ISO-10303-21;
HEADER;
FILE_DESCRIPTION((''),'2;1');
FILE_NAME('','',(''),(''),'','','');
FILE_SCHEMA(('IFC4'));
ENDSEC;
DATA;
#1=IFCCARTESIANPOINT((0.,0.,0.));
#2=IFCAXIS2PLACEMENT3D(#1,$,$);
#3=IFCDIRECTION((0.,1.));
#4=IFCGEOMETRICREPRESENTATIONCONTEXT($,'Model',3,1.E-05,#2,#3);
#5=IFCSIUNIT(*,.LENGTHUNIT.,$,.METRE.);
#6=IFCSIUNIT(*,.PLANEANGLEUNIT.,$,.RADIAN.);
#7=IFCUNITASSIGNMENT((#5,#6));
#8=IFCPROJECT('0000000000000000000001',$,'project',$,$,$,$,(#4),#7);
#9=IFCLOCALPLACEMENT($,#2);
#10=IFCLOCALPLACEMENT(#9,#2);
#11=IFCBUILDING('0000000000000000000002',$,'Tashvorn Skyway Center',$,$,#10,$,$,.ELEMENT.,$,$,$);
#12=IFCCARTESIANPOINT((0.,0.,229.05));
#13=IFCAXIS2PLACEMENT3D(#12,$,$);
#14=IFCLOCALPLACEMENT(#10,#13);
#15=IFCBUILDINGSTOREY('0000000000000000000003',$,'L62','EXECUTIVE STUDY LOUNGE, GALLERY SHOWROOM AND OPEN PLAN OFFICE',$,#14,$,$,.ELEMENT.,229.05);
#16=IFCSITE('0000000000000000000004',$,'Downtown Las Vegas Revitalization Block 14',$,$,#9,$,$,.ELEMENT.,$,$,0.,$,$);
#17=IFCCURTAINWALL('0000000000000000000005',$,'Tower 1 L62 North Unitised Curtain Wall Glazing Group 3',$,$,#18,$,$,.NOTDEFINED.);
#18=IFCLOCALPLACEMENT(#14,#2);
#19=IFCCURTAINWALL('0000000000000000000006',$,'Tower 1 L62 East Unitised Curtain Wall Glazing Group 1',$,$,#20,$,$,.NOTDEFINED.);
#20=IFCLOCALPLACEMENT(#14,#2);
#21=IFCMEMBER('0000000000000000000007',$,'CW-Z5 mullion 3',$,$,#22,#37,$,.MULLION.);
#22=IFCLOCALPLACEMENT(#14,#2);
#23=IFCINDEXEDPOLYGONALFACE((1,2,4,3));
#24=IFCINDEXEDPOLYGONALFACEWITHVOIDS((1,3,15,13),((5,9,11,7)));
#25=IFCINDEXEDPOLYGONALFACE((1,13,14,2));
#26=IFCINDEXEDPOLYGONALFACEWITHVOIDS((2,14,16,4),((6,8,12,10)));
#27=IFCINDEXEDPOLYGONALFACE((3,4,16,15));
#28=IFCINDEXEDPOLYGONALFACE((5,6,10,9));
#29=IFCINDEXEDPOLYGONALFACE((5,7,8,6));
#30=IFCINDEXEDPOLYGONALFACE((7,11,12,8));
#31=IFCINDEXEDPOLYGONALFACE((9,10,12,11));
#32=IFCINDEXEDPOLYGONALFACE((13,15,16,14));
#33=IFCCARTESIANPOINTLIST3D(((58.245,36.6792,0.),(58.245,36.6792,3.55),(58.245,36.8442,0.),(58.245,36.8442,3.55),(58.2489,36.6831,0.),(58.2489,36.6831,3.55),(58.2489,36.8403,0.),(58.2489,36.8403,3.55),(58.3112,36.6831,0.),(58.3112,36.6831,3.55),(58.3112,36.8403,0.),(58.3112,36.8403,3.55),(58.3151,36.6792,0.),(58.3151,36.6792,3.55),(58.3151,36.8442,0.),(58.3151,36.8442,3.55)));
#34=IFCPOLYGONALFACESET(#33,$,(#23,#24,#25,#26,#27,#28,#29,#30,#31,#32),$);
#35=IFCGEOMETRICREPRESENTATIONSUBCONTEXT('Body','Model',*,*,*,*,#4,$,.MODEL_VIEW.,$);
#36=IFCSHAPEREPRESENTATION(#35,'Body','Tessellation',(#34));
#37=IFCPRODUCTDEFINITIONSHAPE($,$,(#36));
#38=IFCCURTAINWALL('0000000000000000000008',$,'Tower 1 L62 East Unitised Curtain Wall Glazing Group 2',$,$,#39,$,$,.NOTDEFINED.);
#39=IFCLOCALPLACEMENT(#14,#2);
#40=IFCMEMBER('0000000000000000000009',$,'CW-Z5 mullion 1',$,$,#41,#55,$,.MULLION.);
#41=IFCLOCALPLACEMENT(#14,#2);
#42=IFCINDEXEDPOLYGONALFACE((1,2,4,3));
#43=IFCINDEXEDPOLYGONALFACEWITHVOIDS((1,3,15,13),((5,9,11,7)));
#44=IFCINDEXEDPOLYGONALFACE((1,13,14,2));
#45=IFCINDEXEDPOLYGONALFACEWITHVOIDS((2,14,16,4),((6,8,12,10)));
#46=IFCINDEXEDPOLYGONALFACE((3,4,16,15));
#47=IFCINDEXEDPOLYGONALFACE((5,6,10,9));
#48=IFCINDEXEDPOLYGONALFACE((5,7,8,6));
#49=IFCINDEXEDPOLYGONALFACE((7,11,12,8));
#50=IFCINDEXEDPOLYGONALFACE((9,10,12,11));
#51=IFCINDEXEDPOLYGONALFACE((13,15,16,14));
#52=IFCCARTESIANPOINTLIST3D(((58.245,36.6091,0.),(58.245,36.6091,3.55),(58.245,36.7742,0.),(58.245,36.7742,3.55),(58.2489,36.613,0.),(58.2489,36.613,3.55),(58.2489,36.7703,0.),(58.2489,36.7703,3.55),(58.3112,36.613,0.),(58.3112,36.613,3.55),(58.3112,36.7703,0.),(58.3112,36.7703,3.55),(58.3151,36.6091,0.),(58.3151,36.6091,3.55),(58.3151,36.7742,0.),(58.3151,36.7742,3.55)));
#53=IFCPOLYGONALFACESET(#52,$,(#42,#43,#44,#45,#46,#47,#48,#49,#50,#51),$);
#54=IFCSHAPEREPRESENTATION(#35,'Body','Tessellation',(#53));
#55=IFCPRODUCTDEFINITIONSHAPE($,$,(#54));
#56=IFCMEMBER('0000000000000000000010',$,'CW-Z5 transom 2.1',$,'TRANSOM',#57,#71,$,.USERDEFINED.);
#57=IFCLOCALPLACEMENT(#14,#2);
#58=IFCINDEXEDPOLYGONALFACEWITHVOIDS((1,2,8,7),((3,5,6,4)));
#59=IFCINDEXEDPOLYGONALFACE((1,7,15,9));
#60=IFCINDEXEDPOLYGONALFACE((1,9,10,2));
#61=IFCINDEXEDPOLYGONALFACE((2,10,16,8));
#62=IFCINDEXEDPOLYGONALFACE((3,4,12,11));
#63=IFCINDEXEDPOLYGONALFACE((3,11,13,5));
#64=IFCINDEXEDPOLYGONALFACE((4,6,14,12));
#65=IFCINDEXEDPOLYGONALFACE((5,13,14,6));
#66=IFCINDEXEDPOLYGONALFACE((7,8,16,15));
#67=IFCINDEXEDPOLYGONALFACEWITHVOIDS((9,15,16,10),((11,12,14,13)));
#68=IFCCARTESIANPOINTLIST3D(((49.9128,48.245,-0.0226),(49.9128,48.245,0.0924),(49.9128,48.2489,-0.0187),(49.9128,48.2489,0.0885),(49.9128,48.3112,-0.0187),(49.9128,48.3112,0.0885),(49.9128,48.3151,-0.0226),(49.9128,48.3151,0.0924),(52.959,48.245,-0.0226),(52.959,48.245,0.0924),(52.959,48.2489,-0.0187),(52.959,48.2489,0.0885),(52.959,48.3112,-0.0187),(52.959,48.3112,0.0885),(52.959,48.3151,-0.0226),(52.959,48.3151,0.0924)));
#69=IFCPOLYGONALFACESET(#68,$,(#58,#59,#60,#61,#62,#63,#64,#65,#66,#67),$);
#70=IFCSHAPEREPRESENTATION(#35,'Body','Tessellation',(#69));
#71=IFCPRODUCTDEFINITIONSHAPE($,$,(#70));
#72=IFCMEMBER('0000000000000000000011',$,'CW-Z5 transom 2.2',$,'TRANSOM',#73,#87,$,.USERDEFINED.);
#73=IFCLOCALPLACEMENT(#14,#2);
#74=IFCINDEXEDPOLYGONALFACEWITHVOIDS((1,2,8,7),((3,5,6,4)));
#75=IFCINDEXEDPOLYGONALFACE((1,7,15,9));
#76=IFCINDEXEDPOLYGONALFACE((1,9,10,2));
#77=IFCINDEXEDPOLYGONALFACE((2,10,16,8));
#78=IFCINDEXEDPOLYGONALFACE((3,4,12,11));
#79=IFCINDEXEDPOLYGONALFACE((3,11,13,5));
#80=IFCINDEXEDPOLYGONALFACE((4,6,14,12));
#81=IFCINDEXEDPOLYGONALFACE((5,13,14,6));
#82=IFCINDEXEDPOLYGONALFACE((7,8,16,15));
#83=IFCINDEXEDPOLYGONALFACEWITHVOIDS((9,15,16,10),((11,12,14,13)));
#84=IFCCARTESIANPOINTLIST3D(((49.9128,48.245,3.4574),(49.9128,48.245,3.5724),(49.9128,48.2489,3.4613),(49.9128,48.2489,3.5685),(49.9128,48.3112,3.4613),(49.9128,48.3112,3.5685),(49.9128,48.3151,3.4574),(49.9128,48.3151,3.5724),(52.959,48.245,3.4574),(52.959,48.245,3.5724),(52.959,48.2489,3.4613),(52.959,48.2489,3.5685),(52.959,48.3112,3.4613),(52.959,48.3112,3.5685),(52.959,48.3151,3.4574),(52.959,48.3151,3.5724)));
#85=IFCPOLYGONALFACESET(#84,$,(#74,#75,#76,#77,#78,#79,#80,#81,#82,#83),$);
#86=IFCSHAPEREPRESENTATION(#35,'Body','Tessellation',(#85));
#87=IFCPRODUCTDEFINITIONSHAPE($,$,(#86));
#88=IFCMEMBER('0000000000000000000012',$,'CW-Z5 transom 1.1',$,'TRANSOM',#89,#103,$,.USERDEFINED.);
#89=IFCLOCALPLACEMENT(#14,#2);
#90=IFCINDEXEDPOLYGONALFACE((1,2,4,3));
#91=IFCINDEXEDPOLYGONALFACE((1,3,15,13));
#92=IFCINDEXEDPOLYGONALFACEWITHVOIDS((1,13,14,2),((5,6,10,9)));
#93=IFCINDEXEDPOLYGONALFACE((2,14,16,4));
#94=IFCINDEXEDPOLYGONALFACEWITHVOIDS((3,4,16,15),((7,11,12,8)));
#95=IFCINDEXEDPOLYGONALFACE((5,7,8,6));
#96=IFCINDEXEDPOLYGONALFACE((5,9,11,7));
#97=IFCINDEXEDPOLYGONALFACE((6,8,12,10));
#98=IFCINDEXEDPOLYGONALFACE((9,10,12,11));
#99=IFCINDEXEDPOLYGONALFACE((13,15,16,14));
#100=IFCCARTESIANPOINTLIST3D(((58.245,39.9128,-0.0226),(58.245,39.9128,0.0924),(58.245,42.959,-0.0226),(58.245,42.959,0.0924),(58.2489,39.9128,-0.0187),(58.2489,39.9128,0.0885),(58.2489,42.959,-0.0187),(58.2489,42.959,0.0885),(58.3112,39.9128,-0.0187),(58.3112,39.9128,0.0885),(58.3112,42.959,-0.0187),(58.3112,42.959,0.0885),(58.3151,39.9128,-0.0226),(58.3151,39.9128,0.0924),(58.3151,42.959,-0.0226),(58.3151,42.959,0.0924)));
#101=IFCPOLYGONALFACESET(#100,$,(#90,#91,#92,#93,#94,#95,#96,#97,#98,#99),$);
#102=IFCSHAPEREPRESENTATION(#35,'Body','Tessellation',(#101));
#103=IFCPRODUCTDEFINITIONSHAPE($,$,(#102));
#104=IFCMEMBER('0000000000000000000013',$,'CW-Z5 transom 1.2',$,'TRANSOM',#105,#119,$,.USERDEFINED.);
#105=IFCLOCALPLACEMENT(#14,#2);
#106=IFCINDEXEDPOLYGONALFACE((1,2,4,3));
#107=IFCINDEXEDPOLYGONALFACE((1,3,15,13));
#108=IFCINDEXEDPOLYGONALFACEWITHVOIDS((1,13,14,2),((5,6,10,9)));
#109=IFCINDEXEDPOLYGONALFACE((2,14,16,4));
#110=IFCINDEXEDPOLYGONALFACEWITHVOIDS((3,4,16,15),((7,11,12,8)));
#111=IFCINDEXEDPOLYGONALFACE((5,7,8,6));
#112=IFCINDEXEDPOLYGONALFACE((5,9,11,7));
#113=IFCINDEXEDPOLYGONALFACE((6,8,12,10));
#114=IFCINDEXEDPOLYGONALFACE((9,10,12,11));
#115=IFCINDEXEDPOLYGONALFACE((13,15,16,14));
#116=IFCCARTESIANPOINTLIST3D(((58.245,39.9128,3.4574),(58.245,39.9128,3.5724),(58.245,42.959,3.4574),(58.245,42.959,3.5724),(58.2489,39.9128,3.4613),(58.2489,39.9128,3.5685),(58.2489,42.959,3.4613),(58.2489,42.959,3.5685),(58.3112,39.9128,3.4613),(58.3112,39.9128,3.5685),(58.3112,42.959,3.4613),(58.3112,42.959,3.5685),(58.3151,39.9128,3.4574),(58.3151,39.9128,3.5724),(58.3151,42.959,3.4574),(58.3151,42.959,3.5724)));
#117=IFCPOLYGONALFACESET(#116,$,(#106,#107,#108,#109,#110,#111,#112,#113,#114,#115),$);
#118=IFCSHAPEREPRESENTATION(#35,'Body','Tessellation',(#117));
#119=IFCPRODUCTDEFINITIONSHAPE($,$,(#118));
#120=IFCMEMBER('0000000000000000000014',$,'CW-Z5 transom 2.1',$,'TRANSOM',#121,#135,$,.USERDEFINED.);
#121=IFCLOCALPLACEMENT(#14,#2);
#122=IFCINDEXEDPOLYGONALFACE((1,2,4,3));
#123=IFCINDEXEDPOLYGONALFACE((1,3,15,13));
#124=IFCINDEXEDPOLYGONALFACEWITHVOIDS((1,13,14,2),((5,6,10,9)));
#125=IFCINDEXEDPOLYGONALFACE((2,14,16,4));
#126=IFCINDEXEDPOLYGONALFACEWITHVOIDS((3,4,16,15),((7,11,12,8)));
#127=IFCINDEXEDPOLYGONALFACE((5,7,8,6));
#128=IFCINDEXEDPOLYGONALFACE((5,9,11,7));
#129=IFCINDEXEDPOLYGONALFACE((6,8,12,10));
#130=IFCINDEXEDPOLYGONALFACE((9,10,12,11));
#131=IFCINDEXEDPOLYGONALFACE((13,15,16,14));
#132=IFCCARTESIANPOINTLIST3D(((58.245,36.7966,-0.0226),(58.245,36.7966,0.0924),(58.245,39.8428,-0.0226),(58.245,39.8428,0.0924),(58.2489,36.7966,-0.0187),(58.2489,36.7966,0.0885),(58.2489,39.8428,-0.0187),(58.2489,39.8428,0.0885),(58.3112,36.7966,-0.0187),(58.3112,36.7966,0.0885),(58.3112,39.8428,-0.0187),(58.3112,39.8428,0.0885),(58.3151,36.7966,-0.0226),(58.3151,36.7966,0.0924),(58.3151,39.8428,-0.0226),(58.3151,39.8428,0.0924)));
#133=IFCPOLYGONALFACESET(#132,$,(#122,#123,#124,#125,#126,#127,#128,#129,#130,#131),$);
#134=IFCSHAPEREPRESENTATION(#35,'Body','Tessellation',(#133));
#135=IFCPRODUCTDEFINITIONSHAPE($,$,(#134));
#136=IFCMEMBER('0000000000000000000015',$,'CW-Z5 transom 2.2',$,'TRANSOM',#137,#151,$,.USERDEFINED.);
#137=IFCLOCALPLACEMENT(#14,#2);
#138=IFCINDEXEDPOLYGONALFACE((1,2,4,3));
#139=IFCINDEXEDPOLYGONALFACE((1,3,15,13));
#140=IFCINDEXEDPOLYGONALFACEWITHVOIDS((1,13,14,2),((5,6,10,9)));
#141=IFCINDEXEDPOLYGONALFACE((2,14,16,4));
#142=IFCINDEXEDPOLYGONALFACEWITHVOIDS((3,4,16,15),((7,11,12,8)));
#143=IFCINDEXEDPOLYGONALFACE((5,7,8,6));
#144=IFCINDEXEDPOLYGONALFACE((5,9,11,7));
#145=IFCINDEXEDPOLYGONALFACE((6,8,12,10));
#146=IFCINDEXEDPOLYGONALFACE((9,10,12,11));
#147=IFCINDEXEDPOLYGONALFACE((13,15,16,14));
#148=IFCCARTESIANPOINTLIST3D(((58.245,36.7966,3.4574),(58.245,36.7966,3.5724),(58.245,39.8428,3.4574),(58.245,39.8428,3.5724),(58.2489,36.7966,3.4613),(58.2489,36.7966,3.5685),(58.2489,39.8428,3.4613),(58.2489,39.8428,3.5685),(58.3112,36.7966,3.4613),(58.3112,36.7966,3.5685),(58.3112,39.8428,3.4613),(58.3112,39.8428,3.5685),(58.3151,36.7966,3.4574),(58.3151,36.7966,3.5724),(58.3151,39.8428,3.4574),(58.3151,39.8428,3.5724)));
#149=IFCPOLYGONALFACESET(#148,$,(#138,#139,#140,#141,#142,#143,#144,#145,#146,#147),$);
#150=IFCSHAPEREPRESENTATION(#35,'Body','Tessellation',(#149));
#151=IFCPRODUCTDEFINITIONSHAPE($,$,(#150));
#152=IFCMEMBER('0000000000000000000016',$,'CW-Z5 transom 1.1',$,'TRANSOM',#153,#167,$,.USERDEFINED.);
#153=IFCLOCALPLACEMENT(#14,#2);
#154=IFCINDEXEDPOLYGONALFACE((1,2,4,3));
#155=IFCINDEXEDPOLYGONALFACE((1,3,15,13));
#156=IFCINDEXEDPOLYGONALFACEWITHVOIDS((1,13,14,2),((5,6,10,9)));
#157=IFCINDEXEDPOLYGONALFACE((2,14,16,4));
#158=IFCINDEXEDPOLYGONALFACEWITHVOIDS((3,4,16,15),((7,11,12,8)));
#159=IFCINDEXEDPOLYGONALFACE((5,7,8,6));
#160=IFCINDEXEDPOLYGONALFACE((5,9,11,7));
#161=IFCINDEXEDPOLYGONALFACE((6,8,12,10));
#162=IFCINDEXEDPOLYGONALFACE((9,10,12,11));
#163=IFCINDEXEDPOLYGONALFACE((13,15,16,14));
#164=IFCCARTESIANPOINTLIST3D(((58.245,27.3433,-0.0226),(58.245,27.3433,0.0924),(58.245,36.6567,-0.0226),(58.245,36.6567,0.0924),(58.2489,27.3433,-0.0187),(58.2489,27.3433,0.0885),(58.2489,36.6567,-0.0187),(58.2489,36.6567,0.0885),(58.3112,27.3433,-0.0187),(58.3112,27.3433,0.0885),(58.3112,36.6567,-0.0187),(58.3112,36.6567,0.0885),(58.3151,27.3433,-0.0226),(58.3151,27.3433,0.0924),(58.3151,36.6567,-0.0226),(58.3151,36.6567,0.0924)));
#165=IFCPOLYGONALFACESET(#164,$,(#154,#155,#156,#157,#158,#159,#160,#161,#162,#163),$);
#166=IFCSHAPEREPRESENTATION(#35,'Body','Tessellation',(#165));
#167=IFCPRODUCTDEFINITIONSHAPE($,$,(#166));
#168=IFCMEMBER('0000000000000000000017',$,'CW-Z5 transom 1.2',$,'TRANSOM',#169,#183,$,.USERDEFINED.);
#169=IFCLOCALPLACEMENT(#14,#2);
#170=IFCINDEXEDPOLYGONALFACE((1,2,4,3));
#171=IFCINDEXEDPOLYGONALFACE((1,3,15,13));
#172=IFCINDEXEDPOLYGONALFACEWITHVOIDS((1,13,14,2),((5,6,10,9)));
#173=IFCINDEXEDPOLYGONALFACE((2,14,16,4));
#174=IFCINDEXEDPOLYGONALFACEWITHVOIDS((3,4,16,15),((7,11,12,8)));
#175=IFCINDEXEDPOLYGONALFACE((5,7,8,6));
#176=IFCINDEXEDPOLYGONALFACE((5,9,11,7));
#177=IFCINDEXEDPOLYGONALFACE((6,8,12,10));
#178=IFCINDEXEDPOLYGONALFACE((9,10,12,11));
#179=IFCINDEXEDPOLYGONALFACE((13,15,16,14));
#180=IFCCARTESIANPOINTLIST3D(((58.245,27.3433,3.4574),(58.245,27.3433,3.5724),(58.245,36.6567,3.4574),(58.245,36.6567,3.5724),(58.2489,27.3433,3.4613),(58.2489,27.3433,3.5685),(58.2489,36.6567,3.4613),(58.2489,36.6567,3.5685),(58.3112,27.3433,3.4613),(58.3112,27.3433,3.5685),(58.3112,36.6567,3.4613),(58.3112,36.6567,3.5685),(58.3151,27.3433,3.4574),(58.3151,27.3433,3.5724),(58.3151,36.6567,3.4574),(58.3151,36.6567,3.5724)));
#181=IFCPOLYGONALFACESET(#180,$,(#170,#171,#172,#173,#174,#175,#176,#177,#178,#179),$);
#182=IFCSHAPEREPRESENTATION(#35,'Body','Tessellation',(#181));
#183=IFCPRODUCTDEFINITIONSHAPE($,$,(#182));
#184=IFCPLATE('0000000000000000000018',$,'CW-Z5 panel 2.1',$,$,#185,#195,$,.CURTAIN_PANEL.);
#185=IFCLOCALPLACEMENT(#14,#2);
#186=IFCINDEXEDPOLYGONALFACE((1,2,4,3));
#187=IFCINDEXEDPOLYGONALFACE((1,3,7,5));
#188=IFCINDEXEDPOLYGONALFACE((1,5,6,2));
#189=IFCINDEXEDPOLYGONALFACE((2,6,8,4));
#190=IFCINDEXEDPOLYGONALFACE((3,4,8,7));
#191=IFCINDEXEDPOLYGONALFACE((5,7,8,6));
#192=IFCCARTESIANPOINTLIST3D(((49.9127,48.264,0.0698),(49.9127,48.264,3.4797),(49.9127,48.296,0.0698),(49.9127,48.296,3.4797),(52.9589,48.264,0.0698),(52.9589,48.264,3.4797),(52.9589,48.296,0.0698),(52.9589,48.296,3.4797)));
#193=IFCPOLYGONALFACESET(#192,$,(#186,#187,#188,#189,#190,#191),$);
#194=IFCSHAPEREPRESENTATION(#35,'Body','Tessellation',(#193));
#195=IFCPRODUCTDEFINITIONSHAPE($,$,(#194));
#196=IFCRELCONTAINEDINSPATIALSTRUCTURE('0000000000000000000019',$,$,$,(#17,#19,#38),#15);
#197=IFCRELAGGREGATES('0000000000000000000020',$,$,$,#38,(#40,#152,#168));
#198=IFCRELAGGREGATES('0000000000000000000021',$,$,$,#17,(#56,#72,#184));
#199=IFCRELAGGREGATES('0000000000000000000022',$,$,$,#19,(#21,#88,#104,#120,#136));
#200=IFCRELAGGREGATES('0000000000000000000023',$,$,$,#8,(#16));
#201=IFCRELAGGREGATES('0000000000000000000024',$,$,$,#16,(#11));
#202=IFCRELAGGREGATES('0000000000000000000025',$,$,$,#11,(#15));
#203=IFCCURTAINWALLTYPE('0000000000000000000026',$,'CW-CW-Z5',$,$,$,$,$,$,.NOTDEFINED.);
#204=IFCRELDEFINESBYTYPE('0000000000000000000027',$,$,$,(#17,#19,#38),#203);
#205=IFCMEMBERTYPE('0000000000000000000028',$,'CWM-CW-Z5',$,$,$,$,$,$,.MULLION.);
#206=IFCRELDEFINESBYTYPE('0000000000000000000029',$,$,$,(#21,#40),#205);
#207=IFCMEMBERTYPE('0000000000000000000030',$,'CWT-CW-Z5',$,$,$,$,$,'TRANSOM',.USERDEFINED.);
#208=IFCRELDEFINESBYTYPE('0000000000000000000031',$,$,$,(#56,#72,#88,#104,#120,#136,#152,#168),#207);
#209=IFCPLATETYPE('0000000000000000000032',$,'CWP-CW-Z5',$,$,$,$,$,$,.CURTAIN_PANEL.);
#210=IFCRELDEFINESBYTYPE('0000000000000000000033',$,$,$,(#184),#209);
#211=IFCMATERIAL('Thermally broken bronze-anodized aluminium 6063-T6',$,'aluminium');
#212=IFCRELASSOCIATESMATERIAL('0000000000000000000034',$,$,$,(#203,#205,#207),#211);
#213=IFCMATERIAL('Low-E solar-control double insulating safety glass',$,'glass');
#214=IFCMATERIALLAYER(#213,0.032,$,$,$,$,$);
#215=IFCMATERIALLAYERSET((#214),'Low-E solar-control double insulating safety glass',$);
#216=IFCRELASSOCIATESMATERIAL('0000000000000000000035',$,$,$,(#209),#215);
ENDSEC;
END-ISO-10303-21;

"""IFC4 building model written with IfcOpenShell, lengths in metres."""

from ifc_helpers import new_model, si_unit, direction, frame, origin, origin_2d, place, context, subcontext, project, spatial, rectangle, hollow_rectangle, extrude, material, layer, layer_set, material_profile, profile_set, type_object, element, aggregate, save


model = new_model("IFC4")

# Units and contexts
model_context = context("Model", 3, precision=1e-05, world=origin(), true_north=direction((0.0, 1.0)))
body_context = subcontext(model_context, "Body", "Model", "MODEL_VIEW")
ifc_project = project(units=[si_unit("LENGTHUNIT", "METRE"), si_unit("PLANEANGLEUNIT", "RADIAN")], contexts=[model_context])

# Site, building, storey
site_placement = place(None, origin())
site = spatial("IfcSite", under=ifc_project, at=site_placement, Name="Downtown Las Vegas Revitalization Block 14", CompositionType="ELEMENT", RefElevation=0.0)
building_placement = place(site_placement, origin())
building = spatial("IfcBuilding", under=site, at=building_placement, Name="Tashvorn Skyway Center", CompositionType="ELEMENT")
storey_placement = place(building_placement, frame((0.0, 0.0, 229.05)))
storey = spatial("IfcBuildingStorey", under=building, at=storey_placement, Name="L62", Description="EXECUTIVE STUDY LOUNGE, GALLERY SHOWROOM AND OPEN PLAN OFFICE", CompositionType="ELEMENT", Elevation=229.05)

# Curtain wall
ifc_material_1 = material(Name="Thermally broken bronze-anodized aluminium 6063-T6", Category="aluminium")
curtain_wall_type = type_object("IfcCurtainWallType", Name="CW-CW-Z5", PredefinedType="NOTDEFINED", material=ifc_material_1)
curtain_wall_1_placement = place(storey_placement, origin())
curtain_wall_1 = element("IfcCurtainWall", 1, at=curtain_wall_1_placement, inside=storey, type_object=curtain_wall_type, Name="Tower 1 L62 North Unitised Curtain Wall Glazing Group 3", PredefinedType="NOTDEFINED")
ifc_material_profile_1 = material_profile(ifc_material_1, hollow_rectangle(XDim=0.0701, YDim=0.165, WallThickness=0.0039, at=origin_2d()), Name="ALU-MULL-70x165")
ifc_profile_set_1 = profile_set([ifc_material_profile_1], Name="Thermally broken bronze-anodized aluminium 6063-T6")
member_type_1 = type_object("IfcMemberType", Name="CWM-CW-Z5", PredefinedType="MULLION", material=ifc_profile_set_1)

# Curtain wall, member
curtain_wall_2_placement = place(storey_placement, origin())
curtain_wall_2 = element("IfcCurtainWall", 2, at=curtain_wall_2_placement, inside=storey, type_object=curtain_wall_type, Name="Tower 1 L62 East Unitised Curtain Wall Glazing Group 1", PredefinedType="NOTDEFINED")
member_1_placement = place(storey_placement, frame((58.28, 36.7617, 0.0), z_axis=(0.0, 0.0, 1.0), x_axis=(1.0, 0.0, 0.0)))
member_1 = element("IfcMember", 3, at=member_1_placement, type_object=member_type_1, Name="CW-Z5 mullion 3", PredefinedType="MULLION", context=body_context, shape_type="SweptSolid", body=[
    extrude(hollow_rectangle(XDim=0.0701, YDim=0.165, WallThickness=0.0039, at=origin_2d()), origin(), (0.0, 0.0, 1.0), 3.55),
])

# Curtain wall, member
curtain_wall_3_placement = place(storey_placement, origin())
curtain_wall_3 = element("IfcCurtainWall", 4, at=curtain_wall_3_placement, inside=storey, type_object=curtain_wall_type, Name="Tower 1 L62 East Unitised Curtain Wall Glazing Group 2", PredefinedType="NOTDEFINED")
member_2_placement = place(storey_placement, frame((58.28, 36.6917, 0.0), z_axis=(0.0, 0.0, 1.0), x_axis=(1.0, 0.0, 0.0)))
member_2 = element("IfcMember", 5, at=member_2_placement, type_object=member_type_1, Name="CW-Z5 mullion 1", PredefinedType="MULLION", context=body_context, shape_type="SweptSolid", body=[
    extrude(hollow_rectangle(XDim=0.0701, YDim=0.165, WallThickness=0.0039, at=origin_2d()), origin(), (0.0, 0.0, 1.0), 3.55),
])

# Members
ifc_material_profile_2 = material_profile(ifc_material_1, hollow_rectangle(XDim=0.0701, YDim=0.115, WallThickness=0.0039, at=origin_2d()), Name="ALU-TRAN-70x115")
ifc_profile_set_2 = profile_set([ifc_material_profile_2], Name="Thermally broken bronze-anodized aluminium 6063-T6")
member_type_2 = type_object("IfcMemberType", Name="CWT-CW-Z5", ElementType="TRANSOM", PredefinedType="USERDEFINED", material=ifc_profile_set_2)
member_3_placement = place(storey_placement, frame((49.9128, 48.28, 0.0349), z_axis=(1.0, 0.0, 0.0), x_axis=(0.0, 1.0, 0.0)))
member_3 = element("IfcMember", 6, at=member_3_placement, type_object=member_type_2, Name="CW-Z5 transom 2.1", ObjectType="TRANSOM", PredefinedType="USERDEFINED", context=body_context, shape_type="SweptSolid", body=[
    extrude(hollow_rectangle(XDim=0.0701, YDim=0.115, WallThickness=0.0039, at=origin_2d()), origin(), (0.0, 0.0, 1.0), 3.0461),
])
member_4_placement = place(storey_placement, frame((49.9128, 48.28, 3.5149), z_axis=(1.0, 0.0, 0.0), x_axis=(0.0, 1.0, 0.0)))
member_4 = element("IfcMember", 7, at=member_4_placement, type_object=member_type_2, Name="CW-Z5 transom 2.2", ObjectType="TRANSOM", PredefinedType="USERDEFINED", context=body_context, shape_type="SweptSolid", body=[
    extrude(hollow_rectangle(XDim=0.0701, YDim=0.115, WallThickness=0.0039, at=origin_2d()), origin(), (0.0, 0.0, 1.0), 3.0461),
])
member_5_placement = place(storey_placement, frame((58.28, 42.959, 0.0349), z_axis=(0.0, -1.0, 0.0), x_axis=(1.0, 0.0, 0.0)))
member_5 = element("IfcMember", 8, at=member_5_placement, type_object=member_type_2, Name="CW-Z5 transom 1.1", ObjectType="TRANSOM", PredefinedType="USERDEFINED", context=body_context, shape_type="SweptSolid", body=[
    extrude(hollow_rectangle(XDim=0.0701, YDim=0.115, WallThickness=0.0039, at=origin_2d()), origin(), (0.0, 0.0, 1.0), 3.0461),
])
member_6_placement = place(storey_placement, frame((58.28, 42.959, 3.5149), z_axis=(0.0, -1.0, 0.0), x_axis=(1.0, 0.0, 0.0)))
member_6 = element("IfcMember", 9, at=member_6_placement, type_object=member_type_2, Name="CW-Z5 transom 1.2", ObjectType="TRANSOM", PredefinedType="USERDEFINED", context=body_context, shape_type="SweptSolid", body=[
    extrude(hollow_rectangle(XDim=0.0701, YDim=0.115, WallThickness=0.0039, at=origin_2d()), origin(), (0.0, 0.0, 1.0), 3.0461),
])
member_7_placement = place(storey_placement, frame((58.28, 39.8428, 0.0349), z_axis=(0.0, -1.0, 0.0), x_axis=(1.0, 0.0, 0.0)))
member_7 = element("IfcMember", 10, at=member_7_placement, type_object=member_type_2, Name="CW-Z5 transom 2.1", ObjectType="TRANSOM", PredefinedType="USERDEFINED", context=body_context, shape_type="SweptSolid", body=[
    extrude(hollow_rectangle(XDim=0.0701, YDim=0.115, WallThickness=0.0039, at=origin_2d()), origin(), (0.0, 0.0, 1.0), 3.0461),
])
member_8_placement = place(storey_placement, frame((58.28, 39.8428, 3.5149), z_axis=(0.0, -1.0, 0.0), x_axis=(1.0, 0.0, 0.0)))
member_8 = element("IfcMember", 11, at=member_8_placement, type_object=member_type_2, Name="CW-Z5 transom 2.2", ObjectType="TRANSOM", PredefinedType="USERDEFINED", context=body_context, shape_type="SweptSolid", body=[
    extrude(hollow_rectangle(XDim=0.0701, YDim=0.115, WallThickness=0.0039, at=origin_2d()), origin(), (0.0, 0.0, 1.0), 3.0461),
])
member_9_placement = place(storey_placement, frame((58.28, 36.6567, 0.0349), z_axis=(0.0, -1.0, 0.0), x_axis=(1.0, 0.0, 0.0)))
member_9 = element("IfcMember", 12, at=member_9_placement, type_object=member_type_2, Name="CW-Z5 transom 1.1", ObjectType="TRANSOM", PredefinedType="USERDEFINED", context=body_context, shape_type="SweptSolid", body=[
    extrude(hollow_rectangle(XDim=0.0701, YDim=0.115, WallThickness=0.0039, at=origin_2d()), origin(), (0.0, 0.0, 1.0), 9.3135),
])
member_10_placement = place(storey_placement, frame((58.28, 36.6567, 3.5149), z_axis=(0.0, -1.0, 0.0), x_axis=(1.0, 0.0, 0.0)))
member_10 = element("IfcMember", 13, at=member_10_placement, type_object=member_type_2, Name="CW-Z5 transom 1.2", ObjectType="TRANSOM", PredefinedType="USERDEFINED", context=body_context, shape_type="SweptSolid", body=[
    extrude(hollow_rectangle(XDim=0.0701, YDim=0.115, WallThickness=0.0039, at=origin_2d()), origin(), (0.0, 0.0, 1.0), 9.3135),
])
aggregate(curtain_wall_3, [member_2, member_9, member_10])

# Plate
ifc_material_2 = material(Name="Low-E solar-control double insulating safety glass", Category="glass")
ifc_layer_1 = layer(ifc_material_2, 0.032)
ifc_layer_set_1 = layer_set([ifc_layer_1], Name="Low-E solar-control double insulating safety glass")
plate_type_1 = type_object("IfcPlateType", Name="CWP-CW-Z5", PredefinedType="CURTAIN_PANEL", material=ifc_layer_set_1)
plate_1_placement = place(storey_placement, frame((51.4358, 48.28, 0.0698), z_axis=(0.0, 0.0, 1.0), x_axis=(1.0, 0.0, 0.0)))
plate_1 = element("IfcPlate", 14, at=plate_1_placement, type_object=plate_type_1, Name="CW-Z5 panel 2.1", PredefinedType="CURTAIN_PANEL", context=body_context, shape_type="SweptSolid", body=[
    extrude(rectangle(XDim=3.0461, YDim=0.032, at=origin_2d()), origin(), (0.0, 0.0, 1.0), 3.4099),
])
aggregate(curtain_wall_1, [member_3, member_4, plate_1])
aggregate(curtain_wall_2, [member_1, member_5, member_6, member_7, member_8])

save(model, "model.ifc")
